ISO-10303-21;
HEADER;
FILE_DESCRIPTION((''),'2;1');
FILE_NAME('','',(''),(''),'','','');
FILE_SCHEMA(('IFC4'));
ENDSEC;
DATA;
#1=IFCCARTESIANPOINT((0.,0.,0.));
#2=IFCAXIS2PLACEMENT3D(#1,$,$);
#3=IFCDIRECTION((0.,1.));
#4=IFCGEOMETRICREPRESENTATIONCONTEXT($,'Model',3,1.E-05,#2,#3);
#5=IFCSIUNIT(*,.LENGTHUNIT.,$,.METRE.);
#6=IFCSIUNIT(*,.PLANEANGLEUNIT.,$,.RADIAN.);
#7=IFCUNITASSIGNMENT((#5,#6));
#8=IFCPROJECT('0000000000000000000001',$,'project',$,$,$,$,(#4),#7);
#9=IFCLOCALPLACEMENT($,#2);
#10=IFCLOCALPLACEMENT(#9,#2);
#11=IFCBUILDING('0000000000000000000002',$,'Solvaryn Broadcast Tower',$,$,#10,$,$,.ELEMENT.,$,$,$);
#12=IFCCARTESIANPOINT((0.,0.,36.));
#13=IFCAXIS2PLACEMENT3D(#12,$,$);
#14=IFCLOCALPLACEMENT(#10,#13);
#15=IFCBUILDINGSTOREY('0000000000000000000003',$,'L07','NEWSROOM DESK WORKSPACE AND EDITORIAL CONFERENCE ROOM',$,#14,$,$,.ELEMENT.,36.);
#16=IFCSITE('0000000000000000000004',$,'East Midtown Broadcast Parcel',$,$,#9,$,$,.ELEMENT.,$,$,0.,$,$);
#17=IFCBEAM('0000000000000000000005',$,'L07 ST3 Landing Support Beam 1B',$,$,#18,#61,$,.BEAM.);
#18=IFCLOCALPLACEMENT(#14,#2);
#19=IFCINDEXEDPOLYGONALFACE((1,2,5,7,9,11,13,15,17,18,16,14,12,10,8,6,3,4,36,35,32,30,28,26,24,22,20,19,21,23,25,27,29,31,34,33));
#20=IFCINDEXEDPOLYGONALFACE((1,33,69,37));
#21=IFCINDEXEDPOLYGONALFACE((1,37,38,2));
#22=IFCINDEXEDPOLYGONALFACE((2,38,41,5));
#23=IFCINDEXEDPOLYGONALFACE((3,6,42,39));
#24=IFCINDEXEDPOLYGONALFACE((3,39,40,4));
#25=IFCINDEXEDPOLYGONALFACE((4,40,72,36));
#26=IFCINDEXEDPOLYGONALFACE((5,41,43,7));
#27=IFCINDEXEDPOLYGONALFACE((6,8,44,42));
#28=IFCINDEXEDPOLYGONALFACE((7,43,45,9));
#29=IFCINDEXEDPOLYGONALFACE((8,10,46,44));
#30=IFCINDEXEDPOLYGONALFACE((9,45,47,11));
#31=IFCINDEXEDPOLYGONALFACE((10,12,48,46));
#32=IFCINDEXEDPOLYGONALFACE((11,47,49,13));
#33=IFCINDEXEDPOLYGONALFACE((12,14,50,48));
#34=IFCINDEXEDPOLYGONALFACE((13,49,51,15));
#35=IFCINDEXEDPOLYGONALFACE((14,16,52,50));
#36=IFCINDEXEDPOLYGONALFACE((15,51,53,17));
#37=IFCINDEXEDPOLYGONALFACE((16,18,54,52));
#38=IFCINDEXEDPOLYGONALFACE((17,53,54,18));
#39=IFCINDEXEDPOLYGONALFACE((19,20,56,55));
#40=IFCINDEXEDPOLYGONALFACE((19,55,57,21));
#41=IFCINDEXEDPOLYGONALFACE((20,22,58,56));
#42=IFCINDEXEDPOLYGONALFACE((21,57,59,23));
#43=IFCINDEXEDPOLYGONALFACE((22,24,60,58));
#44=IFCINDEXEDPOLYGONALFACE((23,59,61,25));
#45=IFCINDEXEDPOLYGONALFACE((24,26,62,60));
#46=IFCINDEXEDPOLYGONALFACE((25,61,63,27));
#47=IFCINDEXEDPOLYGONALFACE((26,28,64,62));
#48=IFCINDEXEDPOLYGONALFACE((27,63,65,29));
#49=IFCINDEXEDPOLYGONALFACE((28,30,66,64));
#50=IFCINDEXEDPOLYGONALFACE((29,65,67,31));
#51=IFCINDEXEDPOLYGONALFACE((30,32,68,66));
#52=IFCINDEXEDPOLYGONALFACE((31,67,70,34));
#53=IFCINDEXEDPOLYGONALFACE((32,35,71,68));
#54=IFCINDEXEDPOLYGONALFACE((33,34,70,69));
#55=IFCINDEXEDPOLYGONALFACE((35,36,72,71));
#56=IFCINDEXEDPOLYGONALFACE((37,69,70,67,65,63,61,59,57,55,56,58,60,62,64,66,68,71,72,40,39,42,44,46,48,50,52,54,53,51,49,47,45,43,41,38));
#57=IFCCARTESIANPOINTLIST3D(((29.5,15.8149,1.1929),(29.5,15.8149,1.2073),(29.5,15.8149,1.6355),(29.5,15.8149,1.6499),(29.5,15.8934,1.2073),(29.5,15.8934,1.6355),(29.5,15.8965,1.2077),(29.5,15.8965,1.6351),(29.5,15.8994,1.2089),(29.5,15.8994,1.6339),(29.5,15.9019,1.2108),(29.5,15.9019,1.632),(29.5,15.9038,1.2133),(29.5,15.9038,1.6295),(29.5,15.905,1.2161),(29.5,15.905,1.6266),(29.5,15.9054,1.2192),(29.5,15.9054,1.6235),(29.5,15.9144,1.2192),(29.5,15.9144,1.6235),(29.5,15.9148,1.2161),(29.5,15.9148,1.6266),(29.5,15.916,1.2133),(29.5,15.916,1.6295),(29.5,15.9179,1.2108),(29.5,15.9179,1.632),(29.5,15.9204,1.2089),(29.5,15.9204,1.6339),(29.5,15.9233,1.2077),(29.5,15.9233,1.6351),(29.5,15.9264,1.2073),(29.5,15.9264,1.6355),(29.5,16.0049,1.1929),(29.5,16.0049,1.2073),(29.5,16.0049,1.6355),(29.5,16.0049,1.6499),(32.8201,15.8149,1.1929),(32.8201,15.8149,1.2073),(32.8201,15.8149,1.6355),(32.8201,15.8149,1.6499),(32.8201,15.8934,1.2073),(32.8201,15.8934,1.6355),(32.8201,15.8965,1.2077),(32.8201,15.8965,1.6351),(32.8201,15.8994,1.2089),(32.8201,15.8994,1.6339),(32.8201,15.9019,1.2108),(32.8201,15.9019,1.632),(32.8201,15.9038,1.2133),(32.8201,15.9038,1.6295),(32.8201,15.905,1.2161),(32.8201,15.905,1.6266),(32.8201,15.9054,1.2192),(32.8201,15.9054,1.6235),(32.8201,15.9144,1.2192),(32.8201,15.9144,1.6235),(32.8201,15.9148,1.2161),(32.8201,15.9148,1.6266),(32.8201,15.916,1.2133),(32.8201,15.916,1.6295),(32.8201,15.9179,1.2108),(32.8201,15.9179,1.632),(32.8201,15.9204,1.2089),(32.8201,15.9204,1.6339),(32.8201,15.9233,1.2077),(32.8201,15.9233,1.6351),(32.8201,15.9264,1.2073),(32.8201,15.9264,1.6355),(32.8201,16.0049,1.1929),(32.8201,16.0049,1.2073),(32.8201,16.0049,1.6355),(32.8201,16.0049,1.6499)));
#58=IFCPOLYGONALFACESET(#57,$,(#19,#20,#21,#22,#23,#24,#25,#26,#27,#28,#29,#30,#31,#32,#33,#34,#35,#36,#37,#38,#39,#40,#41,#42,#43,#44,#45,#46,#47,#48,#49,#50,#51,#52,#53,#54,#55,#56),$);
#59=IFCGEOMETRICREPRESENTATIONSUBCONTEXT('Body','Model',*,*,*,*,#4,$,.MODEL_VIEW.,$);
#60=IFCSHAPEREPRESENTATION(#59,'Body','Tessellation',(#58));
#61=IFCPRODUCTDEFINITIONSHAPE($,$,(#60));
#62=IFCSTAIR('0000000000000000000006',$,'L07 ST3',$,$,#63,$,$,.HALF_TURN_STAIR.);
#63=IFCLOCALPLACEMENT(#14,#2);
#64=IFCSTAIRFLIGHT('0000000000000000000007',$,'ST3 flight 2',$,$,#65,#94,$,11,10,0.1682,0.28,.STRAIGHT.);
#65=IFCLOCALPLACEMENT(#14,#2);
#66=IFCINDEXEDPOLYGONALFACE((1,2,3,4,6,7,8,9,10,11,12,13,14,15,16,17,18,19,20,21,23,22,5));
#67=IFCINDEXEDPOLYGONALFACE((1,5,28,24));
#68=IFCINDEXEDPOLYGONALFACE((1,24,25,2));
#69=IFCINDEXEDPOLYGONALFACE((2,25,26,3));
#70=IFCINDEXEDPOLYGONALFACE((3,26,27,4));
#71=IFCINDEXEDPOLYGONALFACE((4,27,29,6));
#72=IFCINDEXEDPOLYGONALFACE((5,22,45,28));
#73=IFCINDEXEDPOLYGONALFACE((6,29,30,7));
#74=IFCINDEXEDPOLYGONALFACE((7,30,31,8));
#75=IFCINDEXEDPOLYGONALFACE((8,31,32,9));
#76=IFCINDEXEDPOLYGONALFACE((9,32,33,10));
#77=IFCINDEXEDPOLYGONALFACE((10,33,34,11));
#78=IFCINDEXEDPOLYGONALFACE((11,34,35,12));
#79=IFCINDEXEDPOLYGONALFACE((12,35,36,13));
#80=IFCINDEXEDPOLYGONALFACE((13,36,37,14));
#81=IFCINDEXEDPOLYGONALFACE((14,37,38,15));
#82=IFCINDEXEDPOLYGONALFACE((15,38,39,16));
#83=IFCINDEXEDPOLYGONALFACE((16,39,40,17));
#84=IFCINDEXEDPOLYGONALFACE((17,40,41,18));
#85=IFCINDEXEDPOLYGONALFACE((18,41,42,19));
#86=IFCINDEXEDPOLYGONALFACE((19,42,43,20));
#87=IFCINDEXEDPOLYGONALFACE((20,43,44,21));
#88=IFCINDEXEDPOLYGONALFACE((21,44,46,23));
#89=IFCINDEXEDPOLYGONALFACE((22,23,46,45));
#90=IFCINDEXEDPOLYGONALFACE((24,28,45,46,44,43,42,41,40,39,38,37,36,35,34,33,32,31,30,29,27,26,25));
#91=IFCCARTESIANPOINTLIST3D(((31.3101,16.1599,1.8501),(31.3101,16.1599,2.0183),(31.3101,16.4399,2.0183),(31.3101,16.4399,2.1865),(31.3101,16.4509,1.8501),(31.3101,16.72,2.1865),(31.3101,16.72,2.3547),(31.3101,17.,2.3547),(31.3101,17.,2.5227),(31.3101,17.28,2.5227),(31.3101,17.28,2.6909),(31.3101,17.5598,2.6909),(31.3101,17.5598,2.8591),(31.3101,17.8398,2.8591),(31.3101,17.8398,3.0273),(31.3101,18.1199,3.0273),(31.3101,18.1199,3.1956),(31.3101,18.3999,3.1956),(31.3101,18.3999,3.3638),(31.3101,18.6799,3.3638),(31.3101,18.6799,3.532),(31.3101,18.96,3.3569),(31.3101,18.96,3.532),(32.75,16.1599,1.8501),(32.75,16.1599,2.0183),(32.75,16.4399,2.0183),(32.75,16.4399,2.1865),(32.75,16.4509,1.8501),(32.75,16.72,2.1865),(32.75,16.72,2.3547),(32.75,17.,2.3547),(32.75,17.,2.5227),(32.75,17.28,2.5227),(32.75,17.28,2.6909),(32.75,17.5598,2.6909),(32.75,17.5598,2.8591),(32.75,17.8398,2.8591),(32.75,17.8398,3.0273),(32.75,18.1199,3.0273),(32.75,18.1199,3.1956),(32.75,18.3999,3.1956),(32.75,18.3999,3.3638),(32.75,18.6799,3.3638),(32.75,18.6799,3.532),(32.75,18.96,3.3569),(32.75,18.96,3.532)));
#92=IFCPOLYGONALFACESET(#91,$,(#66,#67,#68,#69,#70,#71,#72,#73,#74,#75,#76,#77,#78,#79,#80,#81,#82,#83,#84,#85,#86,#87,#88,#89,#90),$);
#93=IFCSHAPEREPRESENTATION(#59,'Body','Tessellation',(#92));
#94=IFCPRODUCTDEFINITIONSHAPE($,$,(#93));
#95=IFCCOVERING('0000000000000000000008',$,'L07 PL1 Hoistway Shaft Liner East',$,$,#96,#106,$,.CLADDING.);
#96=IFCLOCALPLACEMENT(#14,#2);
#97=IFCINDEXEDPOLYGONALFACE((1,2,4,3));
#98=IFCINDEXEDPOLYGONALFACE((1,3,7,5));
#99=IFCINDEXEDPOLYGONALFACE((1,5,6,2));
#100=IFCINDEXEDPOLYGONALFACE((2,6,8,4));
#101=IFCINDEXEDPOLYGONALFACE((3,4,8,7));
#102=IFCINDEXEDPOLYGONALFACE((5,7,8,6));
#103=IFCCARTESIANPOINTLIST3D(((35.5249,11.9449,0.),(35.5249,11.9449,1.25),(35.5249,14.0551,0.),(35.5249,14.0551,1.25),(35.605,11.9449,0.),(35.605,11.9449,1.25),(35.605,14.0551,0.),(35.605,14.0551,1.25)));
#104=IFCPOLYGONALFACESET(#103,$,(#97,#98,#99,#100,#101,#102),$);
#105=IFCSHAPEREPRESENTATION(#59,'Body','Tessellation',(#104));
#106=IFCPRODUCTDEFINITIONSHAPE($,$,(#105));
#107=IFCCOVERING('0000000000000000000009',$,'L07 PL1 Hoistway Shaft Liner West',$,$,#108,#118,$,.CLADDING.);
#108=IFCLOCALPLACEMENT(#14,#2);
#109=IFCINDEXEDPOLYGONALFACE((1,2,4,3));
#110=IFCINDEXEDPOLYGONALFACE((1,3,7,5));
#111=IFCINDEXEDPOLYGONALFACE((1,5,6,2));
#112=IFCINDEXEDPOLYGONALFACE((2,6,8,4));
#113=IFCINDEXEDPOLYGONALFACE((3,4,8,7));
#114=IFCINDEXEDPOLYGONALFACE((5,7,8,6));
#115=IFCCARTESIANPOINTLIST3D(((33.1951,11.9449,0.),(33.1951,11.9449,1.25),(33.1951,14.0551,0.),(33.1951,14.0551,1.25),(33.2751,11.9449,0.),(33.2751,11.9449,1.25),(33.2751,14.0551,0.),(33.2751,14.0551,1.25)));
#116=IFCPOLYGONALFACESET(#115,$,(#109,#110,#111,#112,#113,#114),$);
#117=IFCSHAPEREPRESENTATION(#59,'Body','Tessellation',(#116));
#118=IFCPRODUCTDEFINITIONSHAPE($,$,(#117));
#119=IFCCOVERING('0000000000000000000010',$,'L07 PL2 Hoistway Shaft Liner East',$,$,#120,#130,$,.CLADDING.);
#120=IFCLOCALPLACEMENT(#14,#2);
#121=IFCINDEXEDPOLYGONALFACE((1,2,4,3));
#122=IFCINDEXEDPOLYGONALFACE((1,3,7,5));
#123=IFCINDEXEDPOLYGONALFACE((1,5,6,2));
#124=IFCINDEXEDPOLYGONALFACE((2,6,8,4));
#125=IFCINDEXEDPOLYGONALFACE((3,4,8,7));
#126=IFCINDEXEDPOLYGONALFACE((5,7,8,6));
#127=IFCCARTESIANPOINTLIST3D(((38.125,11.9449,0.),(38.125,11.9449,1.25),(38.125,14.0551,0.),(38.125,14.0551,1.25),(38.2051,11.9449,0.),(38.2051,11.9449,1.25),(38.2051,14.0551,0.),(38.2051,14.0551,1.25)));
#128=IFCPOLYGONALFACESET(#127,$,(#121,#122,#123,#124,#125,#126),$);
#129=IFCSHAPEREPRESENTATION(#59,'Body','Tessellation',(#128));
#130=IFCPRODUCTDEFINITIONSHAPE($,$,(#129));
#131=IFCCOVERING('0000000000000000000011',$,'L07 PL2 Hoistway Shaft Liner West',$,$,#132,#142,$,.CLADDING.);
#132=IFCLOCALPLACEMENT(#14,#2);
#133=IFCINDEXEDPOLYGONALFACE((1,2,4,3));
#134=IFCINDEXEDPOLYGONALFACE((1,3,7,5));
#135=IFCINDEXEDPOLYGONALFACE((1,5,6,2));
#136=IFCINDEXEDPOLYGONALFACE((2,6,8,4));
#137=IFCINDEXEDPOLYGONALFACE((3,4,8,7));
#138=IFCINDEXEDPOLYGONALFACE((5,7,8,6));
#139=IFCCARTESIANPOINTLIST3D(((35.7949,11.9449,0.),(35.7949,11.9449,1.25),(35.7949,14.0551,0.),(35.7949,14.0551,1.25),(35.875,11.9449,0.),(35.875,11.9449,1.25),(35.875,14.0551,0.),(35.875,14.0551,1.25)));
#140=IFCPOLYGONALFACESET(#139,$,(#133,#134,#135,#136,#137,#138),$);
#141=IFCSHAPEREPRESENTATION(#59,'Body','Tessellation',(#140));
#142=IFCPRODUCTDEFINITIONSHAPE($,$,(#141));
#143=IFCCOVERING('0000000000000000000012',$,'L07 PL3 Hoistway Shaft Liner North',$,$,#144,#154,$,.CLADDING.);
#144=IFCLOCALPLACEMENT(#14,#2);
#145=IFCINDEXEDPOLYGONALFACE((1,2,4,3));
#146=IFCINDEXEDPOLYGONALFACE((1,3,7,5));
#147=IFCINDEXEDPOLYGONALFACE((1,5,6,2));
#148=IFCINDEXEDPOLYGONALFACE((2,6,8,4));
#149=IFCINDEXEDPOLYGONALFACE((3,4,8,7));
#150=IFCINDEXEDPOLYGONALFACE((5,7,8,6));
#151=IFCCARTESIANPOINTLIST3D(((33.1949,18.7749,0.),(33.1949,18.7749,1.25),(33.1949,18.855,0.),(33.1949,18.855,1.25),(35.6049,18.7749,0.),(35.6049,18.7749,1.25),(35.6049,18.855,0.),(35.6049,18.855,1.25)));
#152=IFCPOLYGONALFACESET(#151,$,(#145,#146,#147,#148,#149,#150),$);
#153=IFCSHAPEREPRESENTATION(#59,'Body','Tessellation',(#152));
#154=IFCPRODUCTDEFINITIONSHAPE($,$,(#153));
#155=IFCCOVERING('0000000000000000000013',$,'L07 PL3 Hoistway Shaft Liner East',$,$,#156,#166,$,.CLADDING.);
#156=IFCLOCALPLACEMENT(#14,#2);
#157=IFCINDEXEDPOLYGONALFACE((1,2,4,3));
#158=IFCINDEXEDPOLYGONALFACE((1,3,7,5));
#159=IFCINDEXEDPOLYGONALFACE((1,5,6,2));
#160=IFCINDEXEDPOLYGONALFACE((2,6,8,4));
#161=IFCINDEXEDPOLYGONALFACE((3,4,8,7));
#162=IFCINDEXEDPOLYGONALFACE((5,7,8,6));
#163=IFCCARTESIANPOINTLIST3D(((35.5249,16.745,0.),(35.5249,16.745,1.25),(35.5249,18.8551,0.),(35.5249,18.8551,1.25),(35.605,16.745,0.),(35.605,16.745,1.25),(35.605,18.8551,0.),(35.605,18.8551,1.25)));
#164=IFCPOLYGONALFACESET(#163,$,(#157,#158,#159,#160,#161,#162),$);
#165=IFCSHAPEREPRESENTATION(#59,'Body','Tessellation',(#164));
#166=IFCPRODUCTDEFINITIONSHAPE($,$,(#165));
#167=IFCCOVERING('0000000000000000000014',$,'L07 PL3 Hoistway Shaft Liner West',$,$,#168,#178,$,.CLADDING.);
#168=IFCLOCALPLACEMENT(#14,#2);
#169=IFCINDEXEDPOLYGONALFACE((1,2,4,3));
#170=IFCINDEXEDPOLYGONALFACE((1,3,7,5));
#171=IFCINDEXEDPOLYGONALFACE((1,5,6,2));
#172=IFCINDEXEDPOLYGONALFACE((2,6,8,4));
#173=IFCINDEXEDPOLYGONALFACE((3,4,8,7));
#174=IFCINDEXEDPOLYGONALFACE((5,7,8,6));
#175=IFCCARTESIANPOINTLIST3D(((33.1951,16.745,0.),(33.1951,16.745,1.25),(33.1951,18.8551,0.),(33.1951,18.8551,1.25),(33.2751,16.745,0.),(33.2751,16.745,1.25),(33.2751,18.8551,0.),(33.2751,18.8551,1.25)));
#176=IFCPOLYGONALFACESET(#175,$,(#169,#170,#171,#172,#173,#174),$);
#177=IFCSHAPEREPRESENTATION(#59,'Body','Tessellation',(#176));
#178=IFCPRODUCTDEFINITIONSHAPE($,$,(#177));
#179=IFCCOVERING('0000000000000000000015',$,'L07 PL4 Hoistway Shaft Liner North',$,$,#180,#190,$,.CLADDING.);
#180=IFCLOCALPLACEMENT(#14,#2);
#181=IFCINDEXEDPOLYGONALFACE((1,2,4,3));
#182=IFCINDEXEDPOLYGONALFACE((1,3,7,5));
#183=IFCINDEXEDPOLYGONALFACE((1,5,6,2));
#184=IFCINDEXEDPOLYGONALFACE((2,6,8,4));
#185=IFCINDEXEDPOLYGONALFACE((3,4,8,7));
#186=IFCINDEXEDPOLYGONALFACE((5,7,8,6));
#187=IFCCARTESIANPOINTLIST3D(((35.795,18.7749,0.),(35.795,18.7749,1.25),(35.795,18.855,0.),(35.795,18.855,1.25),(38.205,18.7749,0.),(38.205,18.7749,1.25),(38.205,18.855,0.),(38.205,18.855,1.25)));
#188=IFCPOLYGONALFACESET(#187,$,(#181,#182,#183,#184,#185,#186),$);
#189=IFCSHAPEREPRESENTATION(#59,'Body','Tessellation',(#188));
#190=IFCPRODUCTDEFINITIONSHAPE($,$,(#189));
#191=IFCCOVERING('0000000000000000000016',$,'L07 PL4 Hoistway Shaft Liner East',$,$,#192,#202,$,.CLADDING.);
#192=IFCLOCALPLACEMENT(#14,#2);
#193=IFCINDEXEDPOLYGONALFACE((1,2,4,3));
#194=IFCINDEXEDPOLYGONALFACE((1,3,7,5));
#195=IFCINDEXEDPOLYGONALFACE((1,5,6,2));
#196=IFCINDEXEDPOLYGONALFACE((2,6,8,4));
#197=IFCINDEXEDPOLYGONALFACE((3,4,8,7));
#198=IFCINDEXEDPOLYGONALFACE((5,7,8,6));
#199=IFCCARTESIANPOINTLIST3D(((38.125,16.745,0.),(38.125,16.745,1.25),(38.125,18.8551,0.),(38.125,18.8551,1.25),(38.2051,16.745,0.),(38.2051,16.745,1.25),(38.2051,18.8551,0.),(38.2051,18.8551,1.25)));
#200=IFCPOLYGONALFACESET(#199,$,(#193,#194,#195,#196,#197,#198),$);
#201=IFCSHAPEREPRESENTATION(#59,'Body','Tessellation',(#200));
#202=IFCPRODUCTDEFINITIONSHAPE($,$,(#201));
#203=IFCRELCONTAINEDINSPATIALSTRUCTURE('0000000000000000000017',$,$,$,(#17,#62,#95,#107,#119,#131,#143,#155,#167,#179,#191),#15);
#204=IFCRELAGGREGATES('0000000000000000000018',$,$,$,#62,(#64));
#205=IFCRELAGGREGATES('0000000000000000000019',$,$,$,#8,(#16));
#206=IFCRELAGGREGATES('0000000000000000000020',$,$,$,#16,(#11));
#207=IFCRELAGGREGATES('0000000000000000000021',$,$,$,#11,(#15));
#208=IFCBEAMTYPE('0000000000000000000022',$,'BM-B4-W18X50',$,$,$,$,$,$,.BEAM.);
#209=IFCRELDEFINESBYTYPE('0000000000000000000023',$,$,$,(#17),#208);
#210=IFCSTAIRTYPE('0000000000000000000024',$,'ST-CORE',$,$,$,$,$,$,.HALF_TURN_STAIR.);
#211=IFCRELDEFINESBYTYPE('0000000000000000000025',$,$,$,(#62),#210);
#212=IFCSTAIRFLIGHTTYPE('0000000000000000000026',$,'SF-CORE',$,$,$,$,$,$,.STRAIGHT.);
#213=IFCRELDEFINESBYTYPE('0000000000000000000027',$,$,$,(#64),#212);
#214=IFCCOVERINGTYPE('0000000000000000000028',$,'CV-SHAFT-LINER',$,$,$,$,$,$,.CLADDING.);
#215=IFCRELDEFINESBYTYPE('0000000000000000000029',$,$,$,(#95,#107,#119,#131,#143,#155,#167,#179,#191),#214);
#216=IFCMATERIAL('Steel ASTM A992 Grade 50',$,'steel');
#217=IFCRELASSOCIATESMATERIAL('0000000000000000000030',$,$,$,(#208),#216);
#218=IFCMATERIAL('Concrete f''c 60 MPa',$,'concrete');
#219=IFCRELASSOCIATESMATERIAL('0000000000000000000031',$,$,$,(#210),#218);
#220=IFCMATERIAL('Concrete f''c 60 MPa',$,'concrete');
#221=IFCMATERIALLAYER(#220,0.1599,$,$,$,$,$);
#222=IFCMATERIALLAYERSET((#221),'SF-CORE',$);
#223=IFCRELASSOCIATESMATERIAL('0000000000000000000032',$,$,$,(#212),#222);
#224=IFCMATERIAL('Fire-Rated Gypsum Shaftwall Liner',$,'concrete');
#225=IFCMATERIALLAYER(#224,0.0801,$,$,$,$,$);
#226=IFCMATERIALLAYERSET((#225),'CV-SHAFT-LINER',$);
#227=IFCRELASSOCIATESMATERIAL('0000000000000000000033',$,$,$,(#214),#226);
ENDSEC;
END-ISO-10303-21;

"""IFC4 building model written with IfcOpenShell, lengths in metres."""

from ifc_helpers import new_model, si_unit, direction, frame, origin, origin_2d, place, context, subcontext, project, spatial, polyline, rectangle, i_section, outline, extrude, material, layer, layer_set, material_profile, profile_set, type_object, element, aggregate, save


model = new_model("IFC4")

# Units and contexts
model_context = context("Model", 3, precision=1e-05, world=origin(), true_north=direction((0.0, 1.0)))
body_context = subcontext(model_context, "Body", "Model", "MODEL_VIEW")
ifc_project = project(units=[si_unit("LENGTHUNIT", "METRE"), si_unit("PLANEANGLEUNIT", "RADIAN")], contexts=[model_context])

# Site, building, storey
site_placement = place(None, origin())
site = spatial("IfcSite", under=ifc_project, at=site_placement, Name="East Midtown Broadcast Parcel", CompositionType="ELEMENT", RefElevation=0.0)
building_placement = place(site_placement, origin())
building = spatial("IfcBuilding", under=site, at=building_placement, Name="Solvaryn Broadcast Tower", CompositionType="ELEMENT")
storey_placement = place(building_placement, frame((0.0, 0.0, 36.0)))
storey = spatial("IfcBuildingStorey", under=building, at=storey_placement, Name="L07", Description="NEWSROOM DESK WORKSPACE AND EDITORIAL CONFERENCE ROOM", CompositionType="ELEMENT", Elevation=36.0)

# Beam
ifc_material_1 = material(Name="Steel ASTM A992 Grade 50", Category="steel")
ifc_material_profile_1 = material_profile(ifc_material_1, i_section(OverallWidth=0.1899, OverallDepth=0.457, WebThickness=0.009, FlangeThickness=0.0144, FilletRadius=0.012, at=origin_2d()))
ifc_profile_set_1 = profile_set([ifc_material_profile_1], Name="Steel ASTM A992 Grade 50")
beam_type_1 = type_object("IfcBeamType", Name="BM-B4-W18X50", PredefinedType="BEAM", material=ifc_profile_set_1)
beam_1_placement = place(storey_placement, frame((29.5, 15.9099, 1.4214), z_axis=(1.0, 0.0, 0.0), x_axis=(0.0, 1.0, 0.0)))
element("IfcBeam", 1, at=beam_1_placement, inside=storey, type_object=beam_type_1, Name="L07 ST3 Landing Support Beam 1B", PredefinedType="BEAM", context=body_context, shape_type="SweptSolid", body=[
    extrude(i_section(OverallWidth=0.1899, OverallDepth=0.457, WebThickness=0.009, FlangeThickness=0.0144, FilletRadius=0.012, at=origin_2d()), origin(), (0.0, 0.0, 1.0), 3.3201),
])

# Stair, stair flight
ifc_material_2 = material(Name="Concrete f'c 60 MPa", Category="concrete")
stair_type = type_object("IfcStairType", Name="ST-CORE", PredefinedType="HALF_TURN_STAIR", material=ifc_material_2)
stair_placement = place(storey_placement, origin())
stair = element("IfcStair", 2, at=stair_placement, inside=storey, type_object=stair_type, Name="L07 ST3", PredefinedType="HALF_TURN_STAIR")
ifc_material_3 = material(Name="Concrete f'c 60 MPa", Category="concrete")
ifc_layer_1 = layer(ifc_material_3, 0.1599)
ifc_layer_set_1 = layer_set([ifc_layer_1], Name="SF-CORE")
stair_flight_type = type_object("IfcStairFlightType", Name="SF-CORE", PredefinedType="STRAIGHT", material=ifc_layer_set_1)
stair_flight_placement = place(storey_placement, frame((32.03, 16.1599, 1.8501), z_axis=(0.0, 0.0, 1.0), x_axis=(0.0, 1.0, 0.0)))
stair_flight = element("IfcStairFlight", 3, at=stair_flight_placement, type_object=stair_flight_type, Name="ST3 flight 2", NumberOfRisers=11, NumberOfTreads=10, PredefinedType="STRAIGHT", RiserHeight=0.1682, TreadLength=0.28, context=body_context, shape_type="SweptSolid", body=[
    extrude(outline(polyline([(0.0, 0.0), (0.0, 0.1682), (0.28, 0.1682), (0.28, 0.3364), (0.5601, 0.3364), (0.5601, 0.5046), (0.8401, 0.5046), (0.8401, 0.6726), (1.1201, 0.6726), (1.1201, 0.8408), (1.3999, 0.8408), (1.3999, 1.009), (1.6799, 1.009), (1.6799, 1.1772), (1.96, 1.1772), (1.96, 1.3455), (2.24, 1.3455), (2.24, 1.5137), (2.52, 1.5137), (2.52, 1.6819), (2.8, 1.6819), (2.8, 1.8501), (2.8, 1.5068), (0.291, 0.0), (0.0, 0.0)])), frame((0.0, 0.72, 0.0), z_axis=(0.0, -1.0, 0.0), x_axis=(1.0, 0.0, 0.0)), (0.0, 0.0, 1.0), 1.4399),
])
aggregate(stair, [stair_flight])

# Coverings
ifc_material_4 = material(Name="Fire-Rated Gypsum Shaftwall Liner", Category="concrete")
ifc_layer_2 = layer(ifc_material_4, 0.0801)
ifc_layer_set_2 = layer_set([ifc_layer_2], Name="CV-SHAFT-LINER")
covering_type = type_object("IfcCoveringType", Name="CV-SHAFT-LINER", PredefinedType="CLADDING", material=ifc_layer_set_2)
for number, where, z_axis, x_axis, name in (
    (4, (35.5649, 13.0, 0.0), (0.0, 0.0, 1.0), (1.0, 0.0, 0.0), "L07 PL1 Hoistway Shaft Liner East"),
    (5, (33.2351, 13.0, 0.0), (0.0, 0.0, 1.0), (1.0, 0.0, 0.0), "L07 PL1 Hoistway Shaft Liner West"),
    (6, (38.165, 13.0, 0.0), (0.0, 0.0, 1.0), (1.0, 0.0, 0.0), "L07 PL2 Hoistway Shaft Liner East"),
    (7, (35.835, 13.0, 0.0), (0.0, 0.0, 1.0), (1.0, 0.0, 0.0), "L07 PL2 Hoistway Shaft Liner West"),
):
    element("IfcCovering", number, at=place(storey_placement, frame(where, z_axis=z_axis, x_axis=x_axis)), inside=storey, type_object=covering_type, Name=name, PredefinedType="CLADDING", context=body_context, shape_type="SweptSolid", body=[
        extrude(rectangle(XDim=0.0801, YDim=2.1101, at=origin_2d()), origin(), (0.0, 0.0, 1.0), 1.25),
    ])
covering_1_placement = place(storey_placement, frame((34.3999, 18.8149, 0.0), z_axis=(0.0, 0.0, 1.0), x_axis=(1.0, 0.0, 0.0)))
element("IfcCovering", 8, at=covering_1_placement, inside=storey, type_object=covering_type, Name="L07 PL3 Hoistway Shaft Liner North", PredefinedType="CLADDING", context=body_context, shape_type="SweptSolid", body=[
    extrude(rectangle(XDim=2.4099, YDim=0.0801, at=origin_2d()), origin(), (0.0, 0.0, 1.0), 1.25),
])
for number, where, z_axis, x_axis, name in (
    (9, (35.5649, 17.8, 0.0), (0.0, 0.0, 1.0), (1.0, 0.0, 0.0), "L07 PL3 Hoistway Shaft Liner East"),
    (10, (33.2351, 17.8, 0.0), (0.0, 0.0, 1.0), (1.0, 0.0, 0.0), "L07 PL3 Hoistway Shaft Liner West"),
):
    element("IfcCovering", number, at=place(storey_placement, frame(where, z_axis=z_axis, x_axis=x_axis)), inside=storey, type_object=covering_type, Name=name, PredefinedType="CLADDING", context=body_context, shape_type="SweptSolid", body=[
        extrude(rectangle(XDim=0.0801, YDim=2.1101, at=origin_2d()), origin(), (0.0, 0.0, 1.0), 1.25),
    ])
covering_2_placement = place(storey_placement, frame((37.0, 18.8149, 0.0), z_axis=(0.0, 0.0, 1.0), x_axis=(1.0, 0.0, 0.0)))
element("IfcCovering", 11, at=covering_2_placement, inside=storey, type_object=covering_type, Name="L07 PL4 Hoistway Shaft Liner North", PredefinedType="CLADDING", context=body_context, shape_type="SweptSolid", body=[
    extrude(rectangle(XDim=2.4099, YDim=0.0801, at=origin_2d()), origin(), (0.0, 0.0, 1.0), 1.25),
])
for number, where, z_axis, x_axis, name in (
    (12, (38.165, 17.8, 0.0), (0.0, 0.0, 1.0), (1.0, 0.0, 0.0), "L07 PL4 Hoistway Shaft Liner East"),
):
    element("IfcCovering", number, at=place(storey_placement, frame(where, z_axis=z_axis, x_axis=x_axis)), inside=storey, type_object=covering_type, Name=name, PredefinedType="CLADDING", context=body_context, shape_type="SweptSolid", body=[
        extrude(rectangle(XDim=0.0801, YDim=2.1101, at=origin_2d()), origin(), (0.0, 0.0, 1.0), 1.25),
    ])

save(model, "model.ifc")
